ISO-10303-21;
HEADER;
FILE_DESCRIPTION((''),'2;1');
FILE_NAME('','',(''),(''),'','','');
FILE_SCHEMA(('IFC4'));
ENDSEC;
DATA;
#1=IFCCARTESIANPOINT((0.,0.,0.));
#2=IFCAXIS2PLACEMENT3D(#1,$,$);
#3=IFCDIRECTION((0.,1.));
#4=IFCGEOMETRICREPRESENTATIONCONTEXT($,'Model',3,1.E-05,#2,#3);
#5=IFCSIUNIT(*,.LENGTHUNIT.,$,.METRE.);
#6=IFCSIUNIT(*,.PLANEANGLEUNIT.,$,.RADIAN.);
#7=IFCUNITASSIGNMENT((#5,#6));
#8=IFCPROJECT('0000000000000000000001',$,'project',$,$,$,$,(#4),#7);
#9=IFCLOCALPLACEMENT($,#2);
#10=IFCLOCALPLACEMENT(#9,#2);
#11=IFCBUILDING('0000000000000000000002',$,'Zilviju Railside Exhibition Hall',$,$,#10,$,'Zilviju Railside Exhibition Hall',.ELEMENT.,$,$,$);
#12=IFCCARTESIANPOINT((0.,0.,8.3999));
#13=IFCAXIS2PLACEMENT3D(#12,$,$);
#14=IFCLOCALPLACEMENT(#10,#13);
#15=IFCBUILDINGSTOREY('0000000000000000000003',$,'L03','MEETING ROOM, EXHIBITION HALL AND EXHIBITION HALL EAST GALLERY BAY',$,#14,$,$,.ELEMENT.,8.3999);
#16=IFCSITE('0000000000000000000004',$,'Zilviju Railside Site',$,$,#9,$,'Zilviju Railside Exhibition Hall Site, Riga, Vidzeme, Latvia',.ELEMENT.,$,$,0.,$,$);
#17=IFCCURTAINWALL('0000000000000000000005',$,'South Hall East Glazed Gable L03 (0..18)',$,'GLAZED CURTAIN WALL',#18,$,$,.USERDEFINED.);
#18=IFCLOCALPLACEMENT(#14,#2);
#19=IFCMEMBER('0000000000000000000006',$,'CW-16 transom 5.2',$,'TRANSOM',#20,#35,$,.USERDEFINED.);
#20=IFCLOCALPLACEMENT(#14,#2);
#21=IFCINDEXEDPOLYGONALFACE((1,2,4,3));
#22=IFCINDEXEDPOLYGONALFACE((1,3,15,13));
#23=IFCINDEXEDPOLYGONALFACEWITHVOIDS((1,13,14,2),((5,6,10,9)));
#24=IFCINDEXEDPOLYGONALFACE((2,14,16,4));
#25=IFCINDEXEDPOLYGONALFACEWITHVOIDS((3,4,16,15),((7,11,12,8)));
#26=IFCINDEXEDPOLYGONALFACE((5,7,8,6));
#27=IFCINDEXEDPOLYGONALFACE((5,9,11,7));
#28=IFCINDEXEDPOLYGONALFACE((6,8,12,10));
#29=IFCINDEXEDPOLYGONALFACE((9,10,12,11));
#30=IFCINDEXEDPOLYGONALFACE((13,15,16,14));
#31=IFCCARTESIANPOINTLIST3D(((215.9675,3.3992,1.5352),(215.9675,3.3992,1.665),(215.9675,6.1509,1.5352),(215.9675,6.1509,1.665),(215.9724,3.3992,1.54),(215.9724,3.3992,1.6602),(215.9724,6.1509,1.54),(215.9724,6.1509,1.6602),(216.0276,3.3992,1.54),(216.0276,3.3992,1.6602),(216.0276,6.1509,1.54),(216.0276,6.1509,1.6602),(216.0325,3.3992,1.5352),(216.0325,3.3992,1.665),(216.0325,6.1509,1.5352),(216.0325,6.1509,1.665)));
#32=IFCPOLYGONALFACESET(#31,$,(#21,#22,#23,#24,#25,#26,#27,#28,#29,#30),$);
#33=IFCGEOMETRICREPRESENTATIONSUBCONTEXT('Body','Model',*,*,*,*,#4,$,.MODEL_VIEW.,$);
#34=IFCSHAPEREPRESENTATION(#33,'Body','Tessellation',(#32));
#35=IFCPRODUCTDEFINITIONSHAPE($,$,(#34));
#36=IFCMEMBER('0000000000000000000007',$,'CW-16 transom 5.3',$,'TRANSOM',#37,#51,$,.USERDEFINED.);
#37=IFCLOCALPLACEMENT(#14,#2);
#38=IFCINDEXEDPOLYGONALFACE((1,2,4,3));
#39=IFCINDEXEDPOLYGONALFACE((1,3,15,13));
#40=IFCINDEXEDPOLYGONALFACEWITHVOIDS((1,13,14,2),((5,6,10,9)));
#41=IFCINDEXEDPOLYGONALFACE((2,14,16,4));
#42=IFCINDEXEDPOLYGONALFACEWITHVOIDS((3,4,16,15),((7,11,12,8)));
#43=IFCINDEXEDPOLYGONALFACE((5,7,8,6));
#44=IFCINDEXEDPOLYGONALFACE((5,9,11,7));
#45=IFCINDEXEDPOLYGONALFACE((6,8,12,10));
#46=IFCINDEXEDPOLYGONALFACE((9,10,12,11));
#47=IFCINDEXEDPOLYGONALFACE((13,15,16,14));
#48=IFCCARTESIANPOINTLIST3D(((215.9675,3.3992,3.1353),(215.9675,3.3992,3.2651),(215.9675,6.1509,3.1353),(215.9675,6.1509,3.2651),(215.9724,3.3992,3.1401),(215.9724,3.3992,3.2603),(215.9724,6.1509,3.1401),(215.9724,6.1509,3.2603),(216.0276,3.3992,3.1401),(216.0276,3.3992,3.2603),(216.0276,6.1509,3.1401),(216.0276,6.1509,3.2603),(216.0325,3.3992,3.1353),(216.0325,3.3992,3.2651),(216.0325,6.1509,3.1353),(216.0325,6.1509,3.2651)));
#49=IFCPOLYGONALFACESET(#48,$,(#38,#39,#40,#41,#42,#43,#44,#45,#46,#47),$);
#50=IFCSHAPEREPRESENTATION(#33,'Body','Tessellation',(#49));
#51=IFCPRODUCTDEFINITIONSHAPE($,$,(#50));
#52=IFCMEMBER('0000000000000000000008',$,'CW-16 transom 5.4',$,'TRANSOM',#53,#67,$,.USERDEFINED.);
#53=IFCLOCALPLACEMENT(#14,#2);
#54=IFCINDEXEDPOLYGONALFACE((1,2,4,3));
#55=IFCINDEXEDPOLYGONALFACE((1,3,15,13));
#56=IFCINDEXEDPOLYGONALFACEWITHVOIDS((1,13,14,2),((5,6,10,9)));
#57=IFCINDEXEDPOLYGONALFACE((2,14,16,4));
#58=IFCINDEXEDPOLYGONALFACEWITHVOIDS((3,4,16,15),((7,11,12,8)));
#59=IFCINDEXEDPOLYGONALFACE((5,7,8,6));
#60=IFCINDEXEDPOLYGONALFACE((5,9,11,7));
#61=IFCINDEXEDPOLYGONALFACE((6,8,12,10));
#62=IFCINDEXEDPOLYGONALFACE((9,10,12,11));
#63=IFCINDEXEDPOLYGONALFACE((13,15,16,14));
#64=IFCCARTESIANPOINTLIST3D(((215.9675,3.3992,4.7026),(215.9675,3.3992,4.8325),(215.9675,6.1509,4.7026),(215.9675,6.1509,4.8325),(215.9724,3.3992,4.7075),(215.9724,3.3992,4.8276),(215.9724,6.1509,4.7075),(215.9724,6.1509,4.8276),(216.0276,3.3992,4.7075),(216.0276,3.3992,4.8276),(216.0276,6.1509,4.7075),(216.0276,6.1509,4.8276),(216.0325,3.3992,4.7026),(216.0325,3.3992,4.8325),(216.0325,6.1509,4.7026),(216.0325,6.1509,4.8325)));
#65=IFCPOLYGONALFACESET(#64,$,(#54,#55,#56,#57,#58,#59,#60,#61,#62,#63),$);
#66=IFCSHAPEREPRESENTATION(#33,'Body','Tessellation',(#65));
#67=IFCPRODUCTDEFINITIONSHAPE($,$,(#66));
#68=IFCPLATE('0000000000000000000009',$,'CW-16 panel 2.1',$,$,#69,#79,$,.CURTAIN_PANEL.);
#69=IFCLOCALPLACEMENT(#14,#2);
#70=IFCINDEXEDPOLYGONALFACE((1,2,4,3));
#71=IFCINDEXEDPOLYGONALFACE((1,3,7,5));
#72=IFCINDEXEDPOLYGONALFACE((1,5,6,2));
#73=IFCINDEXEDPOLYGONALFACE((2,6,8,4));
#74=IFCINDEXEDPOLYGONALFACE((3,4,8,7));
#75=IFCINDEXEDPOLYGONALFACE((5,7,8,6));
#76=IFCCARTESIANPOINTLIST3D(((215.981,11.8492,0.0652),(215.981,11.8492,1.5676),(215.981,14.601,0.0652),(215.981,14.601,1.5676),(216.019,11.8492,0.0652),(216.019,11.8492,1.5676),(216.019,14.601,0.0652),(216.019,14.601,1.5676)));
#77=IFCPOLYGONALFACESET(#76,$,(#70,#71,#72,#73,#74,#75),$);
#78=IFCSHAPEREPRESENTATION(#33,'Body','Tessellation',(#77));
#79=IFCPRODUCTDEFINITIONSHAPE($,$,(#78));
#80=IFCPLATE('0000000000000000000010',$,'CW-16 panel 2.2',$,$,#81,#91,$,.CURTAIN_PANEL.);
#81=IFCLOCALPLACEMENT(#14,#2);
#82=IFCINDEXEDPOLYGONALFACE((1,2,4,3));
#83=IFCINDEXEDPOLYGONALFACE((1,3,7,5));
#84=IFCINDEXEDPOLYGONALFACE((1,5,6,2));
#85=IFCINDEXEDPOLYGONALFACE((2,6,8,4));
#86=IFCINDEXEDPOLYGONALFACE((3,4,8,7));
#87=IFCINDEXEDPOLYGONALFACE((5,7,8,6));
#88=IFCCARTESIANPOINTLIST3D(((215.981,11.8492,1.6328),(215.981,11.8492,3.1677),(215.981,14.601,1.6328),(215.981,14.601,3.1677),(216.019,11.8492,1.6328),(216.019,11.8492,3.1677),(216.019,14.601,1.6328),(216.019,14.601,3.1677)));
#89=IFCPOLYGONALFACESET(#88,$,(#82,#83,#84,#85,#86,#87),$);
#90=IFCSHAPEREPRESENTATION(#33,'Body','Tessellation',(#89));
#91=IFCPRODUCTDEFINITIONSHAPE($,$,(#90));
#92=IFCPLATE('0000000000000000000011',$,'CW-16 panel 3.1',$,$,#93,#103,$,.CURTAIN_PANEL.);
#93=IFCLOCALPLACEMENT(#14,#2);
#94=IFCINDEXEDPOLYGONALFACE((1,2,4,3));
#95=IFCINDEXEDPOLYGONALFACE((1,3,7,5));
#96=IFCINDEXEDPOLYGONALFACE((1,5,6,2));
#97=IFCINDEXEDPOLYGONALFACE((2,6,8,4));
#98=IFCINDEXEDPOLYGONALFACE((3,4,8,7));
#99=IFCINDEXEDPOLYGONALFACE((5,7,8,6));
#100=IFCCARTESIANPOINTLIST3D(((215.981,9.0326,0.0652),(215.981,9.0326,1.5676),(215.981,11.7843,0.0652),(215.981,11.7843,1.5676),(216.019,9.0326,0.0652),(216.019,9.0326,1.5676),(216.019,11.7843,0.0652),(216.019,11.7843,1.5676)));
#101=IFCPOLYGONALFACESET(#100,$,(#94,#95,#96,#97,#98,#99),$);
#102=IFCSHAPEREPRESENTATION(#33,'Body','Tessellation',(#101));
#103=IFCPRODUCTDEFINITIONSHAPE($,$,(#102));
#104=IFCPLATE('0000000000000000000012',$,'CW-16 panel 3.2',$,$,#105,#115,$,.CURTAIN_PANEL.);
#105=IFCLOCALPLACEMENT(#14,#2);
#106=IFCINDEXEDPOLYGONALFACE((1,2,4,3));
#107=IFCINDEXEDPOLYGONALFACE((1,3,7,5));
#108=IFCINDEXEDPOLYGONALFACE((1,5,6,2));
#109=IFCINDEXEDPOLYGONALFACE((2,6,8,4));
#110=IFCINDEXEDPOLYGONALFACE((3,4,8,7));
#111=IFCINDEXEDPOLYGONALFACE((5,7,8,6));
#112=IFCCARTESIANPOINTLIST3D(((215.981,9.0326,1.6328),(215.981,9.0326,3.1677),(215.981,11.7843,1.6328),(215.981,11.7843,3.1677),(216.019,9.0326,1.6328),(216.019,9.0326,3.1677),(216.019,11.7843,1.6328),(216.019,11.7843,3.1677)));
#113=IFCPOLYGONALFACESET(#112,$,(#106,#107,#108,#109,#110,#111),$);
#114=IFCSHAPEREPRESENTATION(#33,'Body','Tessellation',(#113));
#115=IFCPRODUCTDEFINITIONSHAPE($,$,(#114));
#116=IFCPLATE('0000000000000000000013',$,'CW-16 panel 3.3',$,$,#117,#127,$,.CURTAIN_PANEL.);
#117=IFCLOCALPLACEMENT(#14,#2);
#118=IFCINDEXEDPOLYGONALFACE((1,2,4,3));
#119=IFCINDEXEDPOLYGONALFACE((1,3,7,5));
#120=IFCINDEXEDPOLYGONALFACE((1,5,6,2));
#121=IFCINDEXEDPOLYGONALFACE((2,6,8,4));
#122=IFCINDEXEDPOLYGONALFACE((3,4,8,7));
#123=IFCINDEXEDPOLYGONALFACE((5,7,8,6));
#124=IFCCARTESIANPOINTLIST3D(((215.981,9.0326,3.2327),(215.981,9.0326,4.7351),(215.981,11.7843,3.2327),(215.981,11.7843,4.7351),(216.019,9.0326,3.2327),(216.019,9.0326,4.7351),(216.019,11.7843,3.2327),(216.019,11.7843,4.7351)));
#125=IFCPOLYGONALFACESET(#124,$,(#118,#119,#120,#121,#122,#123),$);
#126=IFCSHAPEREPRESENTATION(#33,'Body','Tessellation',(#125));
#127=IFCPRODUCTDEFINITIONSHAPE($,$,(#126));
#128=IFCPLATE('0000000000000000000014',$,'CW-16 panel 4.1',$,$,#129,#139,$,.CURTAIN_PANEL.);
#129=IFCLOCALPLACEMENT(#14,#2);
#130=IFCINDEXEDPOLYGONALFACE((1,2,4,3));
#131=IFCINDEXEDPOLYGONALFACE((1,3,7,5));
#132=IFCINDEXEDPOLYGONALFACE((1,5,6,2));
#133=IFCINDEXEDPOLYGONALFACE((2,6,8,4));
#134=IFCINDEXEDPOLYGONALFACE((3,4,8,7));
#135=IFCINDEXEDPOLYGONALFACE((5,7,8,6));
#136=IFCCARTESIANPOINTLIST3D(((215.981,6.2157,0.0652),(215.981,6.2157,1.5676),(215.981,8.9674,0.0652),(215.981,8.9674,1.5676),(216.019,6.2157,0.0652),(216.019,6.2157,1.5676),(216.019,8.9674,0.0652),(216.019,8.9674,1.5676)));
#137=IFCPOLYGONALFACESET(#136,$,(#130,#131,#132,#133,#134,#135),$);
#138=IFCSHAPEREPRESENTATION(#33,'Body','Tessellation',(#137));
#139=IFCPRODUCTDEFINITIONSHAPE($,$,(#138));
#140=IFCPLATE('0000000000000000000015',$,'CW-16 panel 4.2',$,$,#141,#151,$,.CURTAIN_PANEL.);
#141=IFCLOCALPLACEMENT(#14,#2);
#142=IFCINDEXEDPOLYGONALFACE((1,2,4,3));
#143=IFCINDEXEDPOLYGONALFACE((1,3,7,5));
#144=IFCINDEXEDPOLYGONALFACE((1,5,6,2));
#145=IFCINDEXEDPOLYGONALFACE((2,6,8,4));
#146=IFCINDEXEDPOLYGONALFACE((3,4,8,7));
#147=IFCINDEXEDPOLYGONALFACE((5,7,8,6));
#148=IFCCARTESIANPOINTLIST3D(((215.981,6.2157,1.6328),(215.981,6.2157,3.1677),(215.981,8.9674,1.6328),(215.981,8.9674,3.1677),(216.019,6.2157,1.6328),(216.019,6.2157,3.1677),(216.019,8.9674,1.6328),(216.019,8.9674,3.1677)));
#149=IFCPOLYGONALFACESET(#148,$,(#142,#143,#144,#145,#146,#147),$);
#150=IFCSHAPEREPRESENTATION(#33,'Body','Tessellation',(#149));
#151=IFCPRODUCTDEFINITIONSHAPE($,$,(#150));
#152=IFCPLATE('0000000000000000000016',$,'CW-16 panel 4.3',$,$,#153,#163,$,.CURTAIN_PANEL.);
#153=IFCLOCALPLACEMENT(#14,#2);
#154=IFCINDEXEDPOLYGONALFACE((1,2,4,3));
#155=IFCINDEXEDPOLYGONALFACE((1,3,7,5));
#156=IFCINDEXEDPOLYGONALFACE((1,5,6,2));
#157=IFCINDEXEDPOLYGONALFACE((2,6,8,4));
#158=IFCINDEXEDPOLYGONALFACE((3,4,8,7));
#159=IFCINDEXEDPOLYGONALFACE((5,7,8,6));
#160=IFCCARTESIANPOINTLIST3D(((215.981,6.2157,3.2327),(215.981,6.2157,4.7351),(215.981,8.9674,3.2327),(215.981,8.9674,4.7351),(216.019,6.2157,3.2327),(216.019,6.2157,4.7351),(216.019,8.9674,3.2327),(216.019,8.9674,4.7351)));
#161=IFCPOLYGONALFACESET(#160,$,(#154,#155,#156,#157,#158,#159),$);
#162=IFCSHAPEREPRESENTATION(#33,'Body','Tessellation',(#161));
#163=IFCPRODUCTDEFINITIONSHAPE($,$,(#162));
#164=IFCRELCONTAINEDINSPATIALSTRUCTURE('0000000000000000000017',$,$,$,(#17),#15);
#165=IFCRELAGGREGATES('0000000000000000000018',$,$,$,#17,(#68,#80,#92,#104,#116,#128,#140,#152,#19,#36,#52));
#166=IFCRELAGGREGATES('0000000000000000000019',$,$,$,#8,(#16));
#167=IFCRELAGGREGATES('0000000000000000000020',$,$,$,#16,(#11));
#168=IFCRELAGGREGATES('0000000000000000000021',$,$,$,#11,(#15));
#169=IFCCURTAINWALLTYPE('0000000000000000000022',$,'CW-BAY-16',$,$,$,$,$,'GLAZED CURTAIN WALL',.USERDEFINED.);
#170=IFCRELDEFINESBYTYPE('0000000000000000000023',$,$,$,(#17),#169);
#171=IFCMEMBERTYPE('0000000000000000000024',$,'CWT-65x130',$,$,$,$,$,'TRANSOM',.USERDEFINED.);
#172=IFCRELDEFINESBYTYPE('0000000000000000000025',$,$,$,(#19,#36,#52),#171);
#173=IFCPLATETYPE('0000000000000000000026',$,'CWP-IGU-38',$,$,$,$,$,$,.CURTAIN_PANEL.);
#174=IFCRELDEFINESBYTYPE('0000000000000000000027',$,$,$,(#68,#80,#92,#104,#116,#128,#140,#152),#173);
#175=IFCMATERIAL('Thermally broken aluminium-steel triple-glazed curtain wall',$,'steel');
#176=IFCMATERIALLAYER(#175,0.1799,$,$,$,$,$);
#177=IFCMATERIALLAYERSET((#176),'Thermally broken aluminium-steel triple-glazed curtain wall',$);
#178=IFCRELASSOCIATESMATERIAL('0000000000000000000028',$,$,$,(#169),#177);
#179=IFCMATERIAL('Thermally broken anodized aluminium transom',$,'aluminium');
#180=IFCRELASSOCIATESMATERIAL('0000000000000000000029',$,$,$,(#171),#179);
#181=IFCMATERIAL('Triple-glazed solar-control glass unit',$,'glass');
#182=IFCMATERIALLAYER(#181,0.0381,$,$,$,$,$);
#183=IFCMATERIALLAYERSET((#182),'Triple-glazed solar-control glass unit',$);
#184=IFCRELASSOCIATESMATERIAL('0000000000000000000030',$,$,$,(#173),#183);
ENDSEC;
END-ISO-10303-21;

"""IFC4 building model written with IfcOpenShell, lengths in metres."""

from ifc_helpers import new_model, si_unit, direction, frame, origin, origin_2d, place, context, subcontext, project, spatial, rectangle, hollow_rectangle, extrude, material, layer, layer_set, material_profile, profile_set, type_object, element, aggregate, save


model = new_model("IFC4")

# Units and contexts
model_context = context("Model", 3, precision=1e-05, world=origin(), true_north=direction((0.0, 1.0)))
body_context = subcontext(model_context, "Body", "Model", "MODEL_VIEW")
ifc_project = project(units=[si_unit("LENGTHUNIT", "METRE"), si_unit("PLANEANGLEUNIT", "RADIAN")], contexts=[model_context])

# Site, building, storey
site_placement = place(None, origin())
site = spatial("IfcSite", under=ifc_project, at=site_placement, Name="Zilviju Railside Site", LongName="Zilviju Railside Exhibition Hall Site, Riga, Vidzeme, Latvia", CompositionType="ELEMENT", RefElevation=0.0)
building_placement = place(site_placement, origin())
building = spatial("IfcBuilding", under=site, at=building_placement, Name="Zilviju Railside Exhibition Hall", LongName="Zilviju Railside Exhibition Hall", CompositionType="ELEMENT")
storey_placement = place(building_placement, frame((0.0, 0.0, 8.3999)))
storey = spatial("IfcBuildingStorey", under=building, at=storey_placement, Name="L03", Description="MEETING ROOM, EXHIBITION HALL AND EXHIBITION HALL EAST GALLERY BAY", CompositionType="ELEMENT", Elevation=8.3999)

# Curtain wall, members, plates
ifc_material_1 = material(Name="Thermally broken aluminium-steel triple-glazed curtain wall", Category="steel")
ifc_layer_1 = layer(ifc_material_1, 0.1799)
ifc_layer_set_1 = layer_set([ifc_layer_1], Name="Thermally broken aluminium-steel triple-glazed curtain wall")
curtain_wall_type = type_object("IfcCurtainWallType", Name="CW-BAY-16", ElementType="GLAZED CURTAIN WALL", PredefinedType="USERDEFINED", material=ifc_layer_set_1)
curtain_wall_placement = place(storey_placement, origin())
curtain_wall = element("IfcCurtainWall", 1, at=curtain_wall_placement, inside=storey, type_object=curtain_wall_type, Name="South Hall East Glazed Gable L03 (0..18)", ObjectType="GLAZED CURTAIN WALL", PredefinedType="USERDEFINED")
ifc_material_2 = material(Name="Thermally broken anodized aluminium transom", Category="aluminium")
ifc_material_profile_1 = material_profile(ifc_material_2, hollow_rectangle(XDim=0.0649, YDim=0.1299, WallThickness=0.0049, at=origin_2d()), Name="TRANSOM 130x65x5")
ifc_profile_set_1 = profile_set([ifc_material_profile_1], Name="Thermally broken anodized aluminium transom")
member_type_1 = type_object("IfcMemberType", Name="CWT-65x130", ElementType="TRANSOM", PredefinedType="USERDEFINED", material=ifc_profile_set_1)
member_1_placement = place(storey_placement, frame((216.0, 6.1509, 1.6001), z_axis=(0.0, -1.0, 0.0), x_axis=(1.0, 0.0, 0.0)))
member_1 = element("IfcMember", 2, at=member_1_placement, type_object=member_type_1, Name="CW-16 transom 5.2", ObjectType="TRANSOM", PredefinedType="USERDEFINED", context=body_context, shape_type="SweptSolid", body=[
    extrude(hollow_rectangle(XDim=0.0649, YDim=0.1299, WallThickness=0.0049, at=origin_2d()), origin(), (0.0, 0.0, 1.0), 2.7517),
])
member_2_placement = place(storey_placement, frame((216.0, 6.1509, 3.2002), z_axis=(0.0, -1.0, 0.0), x_axis=(1.0, 0.0, 0.0)))
member_2 = element("IfcMember", 3, at=member_2_placement, type_object=member_type_1, Name="CW-16 transom 5.3", ObjectType="TRANSOM", PredefinedType="USERDEFINED", context=body_context, shape_type="SweptSolid", body=[
    extrude(hollow_rectangle(XDim=0.0649, YDim=0.1299, WallThickness=0.0049, at=origin_2d()), origin(), (0.0, 0.0, 1.0), 2.7517),
])
member_3_placement = place(storey_placement, frame((216.0, 6.1509, 4.7676), z_axis=(0.0, -1.0, 0.0), x_axis=(1.0, 0.0, 0.0)))
member_3 = element("IfcMember", 4, at=member_3_placement, type_object=member_type_1, Name="CW-16 transom 5.4", ObjectType="TRANSOM", PredefinedType="USERDEFINED", context=body_context, shape_type="SweptSolid", body=[
    extrude(hollow_rectangle(XDim=0.0649, YDim=0.1299, WallThickness=0.0049, at=origin_2d()), origin(), (0.0, 0.0, 1.0), 2.7517),
])
ifc_material_3 = material(Name="Triple-glazed solar-control glass unit", Category="glass")
ifc_layer_2 = layer(ifc_material_3, 0.0381)
ifc_layer_set_2 = layer_set([ifc_layer_2], Name="Triple-glazed solar-control glass unit")
plate_type = type_object("IfcPlateType", Name="CWP-IGU-38", PredefinedType="CURTAIN_PANEL", material=ifc_layer_set_2)
plate_1_placement = place(storey_placement, frame((216.0, 13.2251, 0.0652), z_axis=(0.0, 0.0, 1.0), x_axis=(0.0, -1.0, 0.0)))
plate_1 = element("IfcPlate", 5, at=plate_1_placement, type_object=plate_type, Name="CW-16 panel 2.1", PredefinedType="CURTAIN_PANEL", context=body_context, shape_type="SweptSolid", body=[
    extrude(rectangle(XDim=2.7517, YDim=0.0381, at=origin_2d()), origin(), (0.0, 0.0, 1.0), 1.5024),
])
plate_2_placement = place(storey_placement, frame((216.0, 13.2251, 1.6328), z_axis=(0.0, 0.0, 1.0), x_axis=(0.0, -1.0, 0.0)))
plate_2 = element("IfcPlate", 6, at=plate_2_placement, type_object=plate_type, Name="CW-16 panel 2.2", PredefinedType="CURTAIN_PANEL", context=body_context, shape_type="SweptSolid", body=[
    extrude(rectangle(XDim=2.7517, YDim=0.0381, at=origin_2d()), origin(), (0.0, 0.0, 1.0), 1.5349),
])
plate_3_placement = place(storey_placement, frame((216.0, 10.4084, 0.0652), z_axis=(0.0, 0.0, 1.0), x_axis=(0.0, -1.0, 0.0)))
plate_3 = element("IfcPlate", 7, at=plate_3_placement, type_object=plate_type, Name="CW-16 panel 3.1", PredefinedType="CURTAIN_PANEL", context=body_context, shape_type="SweptSolid", body=[
    extrude(rectangle(XDim=2.7517, YDim=0.0381, at=origin_2d()), origin(), (0.0, 0.0, 1.0), 1.5024),
])
plate_4_placement = place(storey_placement, frame((216.0, 10.4084, 1.6328), z_axis=(0.0, 0.0, 1.0), x_axis=(0.0, -1.0, 0.0)))
plate_4 = element("IfcPlate", 8, at=plate_4_placement, type_object=plate_type, Name="CW-16 panel 3.2", PredefinedType="CURTAIN_PANEL", context=body_context, shape_type="SweptSolid", body=[
    extrude(rectangle(XDim=2.7517, YDim=0.0381, at=origin_2d()), origin(), (0.0, 0.0, 1.0), 1.5349),
])
plate_5_placement = place(storey_placement, frame((216.0, 10.4084, 3.2327), z_axis=(0.0, 0.0, 1.0), x_axis=(0.0, -1.0, 0.0)))
plate_5 = element("IfcPlate", 9, at=plate_5_placement, type_object=plate_type, Name="CW-16 panel 3.3", PredefinedType="CURTAIN_PANEL", context=body_context, shape_type="SweptSolid", body=[
    extrude(rectangle(XDim=2.7517, YDim=0.0381, at=origin_2d()), origin(), (0.0, 0.0, 1.0), 1.5024),
])
plate_6_placement = place(storey_placement, frame((216.0, 7.5916, 0.0652), z_axis=(0.0, 0.0, 1.0), x_axis=(0.0, -1.0, 0.0)))
plate_6 = element("IfcPlate", 10, at=plate_6_placement, type_object=plate_type, Name="CW-16 panel 4.1", PredefinedType="CURTAIN_PANEL", context=body_context, shape_type="SweptSolid", body=[
    extrude(rectangle(XDim=2.7517, YDim=0.0381, at=origin_2d()), origin(), (0.0, 0.0, 1.0), 1.5024),
])
plate_7_placement = place(storey_placement, frame((216.0, 7.5916, 1.6328), z_axis=(0.0, 0.0, 1.0), x_axis=(0.0, -1.0, 0.0)))
plate_7 = element("IfcPlate", 11, at=plate_7_placement, type_object=plate_type, Name="CW-16 panel 4.2", PredefinedType="CURTAIN_PANEL", context=body_context, shape_type="SweptSolid", body=[
    extrude(rectangle(XDim=2.7517, YDim=0.0381, at=origin_2d()), origin(), (0.0, 0.0, 1.0), 1.5349),
])
plate_8_placement = place(storey_placement, frame((216.0, 7.5916, 3.2327), z_axis=(0.0, 0.0, 1.0), x_axis=(0.0, -1.0, 0.0)))
plate_8 = element("IfcPlate", 12, at=plate_8_placement, type_object=plate_type, Name="CW-16 panel 4.3", PredefinedType="CURTAIN_PANEL", context=body_context, shape_type="SweptSolid", body=[
    extrude(rectangle(XDim=2.7517, YDim=0.0381, at=origin_2d()), origin(), (0.0, 0.0, 1.0), 1.5024),
])
aggregate(curtain_wall, [plate_1, plate_2, plate_3, plate_4, plate_5, plate_6, plate_7, plate_8, member_1, member_2, member_3])

save(model, "model.ifc")
